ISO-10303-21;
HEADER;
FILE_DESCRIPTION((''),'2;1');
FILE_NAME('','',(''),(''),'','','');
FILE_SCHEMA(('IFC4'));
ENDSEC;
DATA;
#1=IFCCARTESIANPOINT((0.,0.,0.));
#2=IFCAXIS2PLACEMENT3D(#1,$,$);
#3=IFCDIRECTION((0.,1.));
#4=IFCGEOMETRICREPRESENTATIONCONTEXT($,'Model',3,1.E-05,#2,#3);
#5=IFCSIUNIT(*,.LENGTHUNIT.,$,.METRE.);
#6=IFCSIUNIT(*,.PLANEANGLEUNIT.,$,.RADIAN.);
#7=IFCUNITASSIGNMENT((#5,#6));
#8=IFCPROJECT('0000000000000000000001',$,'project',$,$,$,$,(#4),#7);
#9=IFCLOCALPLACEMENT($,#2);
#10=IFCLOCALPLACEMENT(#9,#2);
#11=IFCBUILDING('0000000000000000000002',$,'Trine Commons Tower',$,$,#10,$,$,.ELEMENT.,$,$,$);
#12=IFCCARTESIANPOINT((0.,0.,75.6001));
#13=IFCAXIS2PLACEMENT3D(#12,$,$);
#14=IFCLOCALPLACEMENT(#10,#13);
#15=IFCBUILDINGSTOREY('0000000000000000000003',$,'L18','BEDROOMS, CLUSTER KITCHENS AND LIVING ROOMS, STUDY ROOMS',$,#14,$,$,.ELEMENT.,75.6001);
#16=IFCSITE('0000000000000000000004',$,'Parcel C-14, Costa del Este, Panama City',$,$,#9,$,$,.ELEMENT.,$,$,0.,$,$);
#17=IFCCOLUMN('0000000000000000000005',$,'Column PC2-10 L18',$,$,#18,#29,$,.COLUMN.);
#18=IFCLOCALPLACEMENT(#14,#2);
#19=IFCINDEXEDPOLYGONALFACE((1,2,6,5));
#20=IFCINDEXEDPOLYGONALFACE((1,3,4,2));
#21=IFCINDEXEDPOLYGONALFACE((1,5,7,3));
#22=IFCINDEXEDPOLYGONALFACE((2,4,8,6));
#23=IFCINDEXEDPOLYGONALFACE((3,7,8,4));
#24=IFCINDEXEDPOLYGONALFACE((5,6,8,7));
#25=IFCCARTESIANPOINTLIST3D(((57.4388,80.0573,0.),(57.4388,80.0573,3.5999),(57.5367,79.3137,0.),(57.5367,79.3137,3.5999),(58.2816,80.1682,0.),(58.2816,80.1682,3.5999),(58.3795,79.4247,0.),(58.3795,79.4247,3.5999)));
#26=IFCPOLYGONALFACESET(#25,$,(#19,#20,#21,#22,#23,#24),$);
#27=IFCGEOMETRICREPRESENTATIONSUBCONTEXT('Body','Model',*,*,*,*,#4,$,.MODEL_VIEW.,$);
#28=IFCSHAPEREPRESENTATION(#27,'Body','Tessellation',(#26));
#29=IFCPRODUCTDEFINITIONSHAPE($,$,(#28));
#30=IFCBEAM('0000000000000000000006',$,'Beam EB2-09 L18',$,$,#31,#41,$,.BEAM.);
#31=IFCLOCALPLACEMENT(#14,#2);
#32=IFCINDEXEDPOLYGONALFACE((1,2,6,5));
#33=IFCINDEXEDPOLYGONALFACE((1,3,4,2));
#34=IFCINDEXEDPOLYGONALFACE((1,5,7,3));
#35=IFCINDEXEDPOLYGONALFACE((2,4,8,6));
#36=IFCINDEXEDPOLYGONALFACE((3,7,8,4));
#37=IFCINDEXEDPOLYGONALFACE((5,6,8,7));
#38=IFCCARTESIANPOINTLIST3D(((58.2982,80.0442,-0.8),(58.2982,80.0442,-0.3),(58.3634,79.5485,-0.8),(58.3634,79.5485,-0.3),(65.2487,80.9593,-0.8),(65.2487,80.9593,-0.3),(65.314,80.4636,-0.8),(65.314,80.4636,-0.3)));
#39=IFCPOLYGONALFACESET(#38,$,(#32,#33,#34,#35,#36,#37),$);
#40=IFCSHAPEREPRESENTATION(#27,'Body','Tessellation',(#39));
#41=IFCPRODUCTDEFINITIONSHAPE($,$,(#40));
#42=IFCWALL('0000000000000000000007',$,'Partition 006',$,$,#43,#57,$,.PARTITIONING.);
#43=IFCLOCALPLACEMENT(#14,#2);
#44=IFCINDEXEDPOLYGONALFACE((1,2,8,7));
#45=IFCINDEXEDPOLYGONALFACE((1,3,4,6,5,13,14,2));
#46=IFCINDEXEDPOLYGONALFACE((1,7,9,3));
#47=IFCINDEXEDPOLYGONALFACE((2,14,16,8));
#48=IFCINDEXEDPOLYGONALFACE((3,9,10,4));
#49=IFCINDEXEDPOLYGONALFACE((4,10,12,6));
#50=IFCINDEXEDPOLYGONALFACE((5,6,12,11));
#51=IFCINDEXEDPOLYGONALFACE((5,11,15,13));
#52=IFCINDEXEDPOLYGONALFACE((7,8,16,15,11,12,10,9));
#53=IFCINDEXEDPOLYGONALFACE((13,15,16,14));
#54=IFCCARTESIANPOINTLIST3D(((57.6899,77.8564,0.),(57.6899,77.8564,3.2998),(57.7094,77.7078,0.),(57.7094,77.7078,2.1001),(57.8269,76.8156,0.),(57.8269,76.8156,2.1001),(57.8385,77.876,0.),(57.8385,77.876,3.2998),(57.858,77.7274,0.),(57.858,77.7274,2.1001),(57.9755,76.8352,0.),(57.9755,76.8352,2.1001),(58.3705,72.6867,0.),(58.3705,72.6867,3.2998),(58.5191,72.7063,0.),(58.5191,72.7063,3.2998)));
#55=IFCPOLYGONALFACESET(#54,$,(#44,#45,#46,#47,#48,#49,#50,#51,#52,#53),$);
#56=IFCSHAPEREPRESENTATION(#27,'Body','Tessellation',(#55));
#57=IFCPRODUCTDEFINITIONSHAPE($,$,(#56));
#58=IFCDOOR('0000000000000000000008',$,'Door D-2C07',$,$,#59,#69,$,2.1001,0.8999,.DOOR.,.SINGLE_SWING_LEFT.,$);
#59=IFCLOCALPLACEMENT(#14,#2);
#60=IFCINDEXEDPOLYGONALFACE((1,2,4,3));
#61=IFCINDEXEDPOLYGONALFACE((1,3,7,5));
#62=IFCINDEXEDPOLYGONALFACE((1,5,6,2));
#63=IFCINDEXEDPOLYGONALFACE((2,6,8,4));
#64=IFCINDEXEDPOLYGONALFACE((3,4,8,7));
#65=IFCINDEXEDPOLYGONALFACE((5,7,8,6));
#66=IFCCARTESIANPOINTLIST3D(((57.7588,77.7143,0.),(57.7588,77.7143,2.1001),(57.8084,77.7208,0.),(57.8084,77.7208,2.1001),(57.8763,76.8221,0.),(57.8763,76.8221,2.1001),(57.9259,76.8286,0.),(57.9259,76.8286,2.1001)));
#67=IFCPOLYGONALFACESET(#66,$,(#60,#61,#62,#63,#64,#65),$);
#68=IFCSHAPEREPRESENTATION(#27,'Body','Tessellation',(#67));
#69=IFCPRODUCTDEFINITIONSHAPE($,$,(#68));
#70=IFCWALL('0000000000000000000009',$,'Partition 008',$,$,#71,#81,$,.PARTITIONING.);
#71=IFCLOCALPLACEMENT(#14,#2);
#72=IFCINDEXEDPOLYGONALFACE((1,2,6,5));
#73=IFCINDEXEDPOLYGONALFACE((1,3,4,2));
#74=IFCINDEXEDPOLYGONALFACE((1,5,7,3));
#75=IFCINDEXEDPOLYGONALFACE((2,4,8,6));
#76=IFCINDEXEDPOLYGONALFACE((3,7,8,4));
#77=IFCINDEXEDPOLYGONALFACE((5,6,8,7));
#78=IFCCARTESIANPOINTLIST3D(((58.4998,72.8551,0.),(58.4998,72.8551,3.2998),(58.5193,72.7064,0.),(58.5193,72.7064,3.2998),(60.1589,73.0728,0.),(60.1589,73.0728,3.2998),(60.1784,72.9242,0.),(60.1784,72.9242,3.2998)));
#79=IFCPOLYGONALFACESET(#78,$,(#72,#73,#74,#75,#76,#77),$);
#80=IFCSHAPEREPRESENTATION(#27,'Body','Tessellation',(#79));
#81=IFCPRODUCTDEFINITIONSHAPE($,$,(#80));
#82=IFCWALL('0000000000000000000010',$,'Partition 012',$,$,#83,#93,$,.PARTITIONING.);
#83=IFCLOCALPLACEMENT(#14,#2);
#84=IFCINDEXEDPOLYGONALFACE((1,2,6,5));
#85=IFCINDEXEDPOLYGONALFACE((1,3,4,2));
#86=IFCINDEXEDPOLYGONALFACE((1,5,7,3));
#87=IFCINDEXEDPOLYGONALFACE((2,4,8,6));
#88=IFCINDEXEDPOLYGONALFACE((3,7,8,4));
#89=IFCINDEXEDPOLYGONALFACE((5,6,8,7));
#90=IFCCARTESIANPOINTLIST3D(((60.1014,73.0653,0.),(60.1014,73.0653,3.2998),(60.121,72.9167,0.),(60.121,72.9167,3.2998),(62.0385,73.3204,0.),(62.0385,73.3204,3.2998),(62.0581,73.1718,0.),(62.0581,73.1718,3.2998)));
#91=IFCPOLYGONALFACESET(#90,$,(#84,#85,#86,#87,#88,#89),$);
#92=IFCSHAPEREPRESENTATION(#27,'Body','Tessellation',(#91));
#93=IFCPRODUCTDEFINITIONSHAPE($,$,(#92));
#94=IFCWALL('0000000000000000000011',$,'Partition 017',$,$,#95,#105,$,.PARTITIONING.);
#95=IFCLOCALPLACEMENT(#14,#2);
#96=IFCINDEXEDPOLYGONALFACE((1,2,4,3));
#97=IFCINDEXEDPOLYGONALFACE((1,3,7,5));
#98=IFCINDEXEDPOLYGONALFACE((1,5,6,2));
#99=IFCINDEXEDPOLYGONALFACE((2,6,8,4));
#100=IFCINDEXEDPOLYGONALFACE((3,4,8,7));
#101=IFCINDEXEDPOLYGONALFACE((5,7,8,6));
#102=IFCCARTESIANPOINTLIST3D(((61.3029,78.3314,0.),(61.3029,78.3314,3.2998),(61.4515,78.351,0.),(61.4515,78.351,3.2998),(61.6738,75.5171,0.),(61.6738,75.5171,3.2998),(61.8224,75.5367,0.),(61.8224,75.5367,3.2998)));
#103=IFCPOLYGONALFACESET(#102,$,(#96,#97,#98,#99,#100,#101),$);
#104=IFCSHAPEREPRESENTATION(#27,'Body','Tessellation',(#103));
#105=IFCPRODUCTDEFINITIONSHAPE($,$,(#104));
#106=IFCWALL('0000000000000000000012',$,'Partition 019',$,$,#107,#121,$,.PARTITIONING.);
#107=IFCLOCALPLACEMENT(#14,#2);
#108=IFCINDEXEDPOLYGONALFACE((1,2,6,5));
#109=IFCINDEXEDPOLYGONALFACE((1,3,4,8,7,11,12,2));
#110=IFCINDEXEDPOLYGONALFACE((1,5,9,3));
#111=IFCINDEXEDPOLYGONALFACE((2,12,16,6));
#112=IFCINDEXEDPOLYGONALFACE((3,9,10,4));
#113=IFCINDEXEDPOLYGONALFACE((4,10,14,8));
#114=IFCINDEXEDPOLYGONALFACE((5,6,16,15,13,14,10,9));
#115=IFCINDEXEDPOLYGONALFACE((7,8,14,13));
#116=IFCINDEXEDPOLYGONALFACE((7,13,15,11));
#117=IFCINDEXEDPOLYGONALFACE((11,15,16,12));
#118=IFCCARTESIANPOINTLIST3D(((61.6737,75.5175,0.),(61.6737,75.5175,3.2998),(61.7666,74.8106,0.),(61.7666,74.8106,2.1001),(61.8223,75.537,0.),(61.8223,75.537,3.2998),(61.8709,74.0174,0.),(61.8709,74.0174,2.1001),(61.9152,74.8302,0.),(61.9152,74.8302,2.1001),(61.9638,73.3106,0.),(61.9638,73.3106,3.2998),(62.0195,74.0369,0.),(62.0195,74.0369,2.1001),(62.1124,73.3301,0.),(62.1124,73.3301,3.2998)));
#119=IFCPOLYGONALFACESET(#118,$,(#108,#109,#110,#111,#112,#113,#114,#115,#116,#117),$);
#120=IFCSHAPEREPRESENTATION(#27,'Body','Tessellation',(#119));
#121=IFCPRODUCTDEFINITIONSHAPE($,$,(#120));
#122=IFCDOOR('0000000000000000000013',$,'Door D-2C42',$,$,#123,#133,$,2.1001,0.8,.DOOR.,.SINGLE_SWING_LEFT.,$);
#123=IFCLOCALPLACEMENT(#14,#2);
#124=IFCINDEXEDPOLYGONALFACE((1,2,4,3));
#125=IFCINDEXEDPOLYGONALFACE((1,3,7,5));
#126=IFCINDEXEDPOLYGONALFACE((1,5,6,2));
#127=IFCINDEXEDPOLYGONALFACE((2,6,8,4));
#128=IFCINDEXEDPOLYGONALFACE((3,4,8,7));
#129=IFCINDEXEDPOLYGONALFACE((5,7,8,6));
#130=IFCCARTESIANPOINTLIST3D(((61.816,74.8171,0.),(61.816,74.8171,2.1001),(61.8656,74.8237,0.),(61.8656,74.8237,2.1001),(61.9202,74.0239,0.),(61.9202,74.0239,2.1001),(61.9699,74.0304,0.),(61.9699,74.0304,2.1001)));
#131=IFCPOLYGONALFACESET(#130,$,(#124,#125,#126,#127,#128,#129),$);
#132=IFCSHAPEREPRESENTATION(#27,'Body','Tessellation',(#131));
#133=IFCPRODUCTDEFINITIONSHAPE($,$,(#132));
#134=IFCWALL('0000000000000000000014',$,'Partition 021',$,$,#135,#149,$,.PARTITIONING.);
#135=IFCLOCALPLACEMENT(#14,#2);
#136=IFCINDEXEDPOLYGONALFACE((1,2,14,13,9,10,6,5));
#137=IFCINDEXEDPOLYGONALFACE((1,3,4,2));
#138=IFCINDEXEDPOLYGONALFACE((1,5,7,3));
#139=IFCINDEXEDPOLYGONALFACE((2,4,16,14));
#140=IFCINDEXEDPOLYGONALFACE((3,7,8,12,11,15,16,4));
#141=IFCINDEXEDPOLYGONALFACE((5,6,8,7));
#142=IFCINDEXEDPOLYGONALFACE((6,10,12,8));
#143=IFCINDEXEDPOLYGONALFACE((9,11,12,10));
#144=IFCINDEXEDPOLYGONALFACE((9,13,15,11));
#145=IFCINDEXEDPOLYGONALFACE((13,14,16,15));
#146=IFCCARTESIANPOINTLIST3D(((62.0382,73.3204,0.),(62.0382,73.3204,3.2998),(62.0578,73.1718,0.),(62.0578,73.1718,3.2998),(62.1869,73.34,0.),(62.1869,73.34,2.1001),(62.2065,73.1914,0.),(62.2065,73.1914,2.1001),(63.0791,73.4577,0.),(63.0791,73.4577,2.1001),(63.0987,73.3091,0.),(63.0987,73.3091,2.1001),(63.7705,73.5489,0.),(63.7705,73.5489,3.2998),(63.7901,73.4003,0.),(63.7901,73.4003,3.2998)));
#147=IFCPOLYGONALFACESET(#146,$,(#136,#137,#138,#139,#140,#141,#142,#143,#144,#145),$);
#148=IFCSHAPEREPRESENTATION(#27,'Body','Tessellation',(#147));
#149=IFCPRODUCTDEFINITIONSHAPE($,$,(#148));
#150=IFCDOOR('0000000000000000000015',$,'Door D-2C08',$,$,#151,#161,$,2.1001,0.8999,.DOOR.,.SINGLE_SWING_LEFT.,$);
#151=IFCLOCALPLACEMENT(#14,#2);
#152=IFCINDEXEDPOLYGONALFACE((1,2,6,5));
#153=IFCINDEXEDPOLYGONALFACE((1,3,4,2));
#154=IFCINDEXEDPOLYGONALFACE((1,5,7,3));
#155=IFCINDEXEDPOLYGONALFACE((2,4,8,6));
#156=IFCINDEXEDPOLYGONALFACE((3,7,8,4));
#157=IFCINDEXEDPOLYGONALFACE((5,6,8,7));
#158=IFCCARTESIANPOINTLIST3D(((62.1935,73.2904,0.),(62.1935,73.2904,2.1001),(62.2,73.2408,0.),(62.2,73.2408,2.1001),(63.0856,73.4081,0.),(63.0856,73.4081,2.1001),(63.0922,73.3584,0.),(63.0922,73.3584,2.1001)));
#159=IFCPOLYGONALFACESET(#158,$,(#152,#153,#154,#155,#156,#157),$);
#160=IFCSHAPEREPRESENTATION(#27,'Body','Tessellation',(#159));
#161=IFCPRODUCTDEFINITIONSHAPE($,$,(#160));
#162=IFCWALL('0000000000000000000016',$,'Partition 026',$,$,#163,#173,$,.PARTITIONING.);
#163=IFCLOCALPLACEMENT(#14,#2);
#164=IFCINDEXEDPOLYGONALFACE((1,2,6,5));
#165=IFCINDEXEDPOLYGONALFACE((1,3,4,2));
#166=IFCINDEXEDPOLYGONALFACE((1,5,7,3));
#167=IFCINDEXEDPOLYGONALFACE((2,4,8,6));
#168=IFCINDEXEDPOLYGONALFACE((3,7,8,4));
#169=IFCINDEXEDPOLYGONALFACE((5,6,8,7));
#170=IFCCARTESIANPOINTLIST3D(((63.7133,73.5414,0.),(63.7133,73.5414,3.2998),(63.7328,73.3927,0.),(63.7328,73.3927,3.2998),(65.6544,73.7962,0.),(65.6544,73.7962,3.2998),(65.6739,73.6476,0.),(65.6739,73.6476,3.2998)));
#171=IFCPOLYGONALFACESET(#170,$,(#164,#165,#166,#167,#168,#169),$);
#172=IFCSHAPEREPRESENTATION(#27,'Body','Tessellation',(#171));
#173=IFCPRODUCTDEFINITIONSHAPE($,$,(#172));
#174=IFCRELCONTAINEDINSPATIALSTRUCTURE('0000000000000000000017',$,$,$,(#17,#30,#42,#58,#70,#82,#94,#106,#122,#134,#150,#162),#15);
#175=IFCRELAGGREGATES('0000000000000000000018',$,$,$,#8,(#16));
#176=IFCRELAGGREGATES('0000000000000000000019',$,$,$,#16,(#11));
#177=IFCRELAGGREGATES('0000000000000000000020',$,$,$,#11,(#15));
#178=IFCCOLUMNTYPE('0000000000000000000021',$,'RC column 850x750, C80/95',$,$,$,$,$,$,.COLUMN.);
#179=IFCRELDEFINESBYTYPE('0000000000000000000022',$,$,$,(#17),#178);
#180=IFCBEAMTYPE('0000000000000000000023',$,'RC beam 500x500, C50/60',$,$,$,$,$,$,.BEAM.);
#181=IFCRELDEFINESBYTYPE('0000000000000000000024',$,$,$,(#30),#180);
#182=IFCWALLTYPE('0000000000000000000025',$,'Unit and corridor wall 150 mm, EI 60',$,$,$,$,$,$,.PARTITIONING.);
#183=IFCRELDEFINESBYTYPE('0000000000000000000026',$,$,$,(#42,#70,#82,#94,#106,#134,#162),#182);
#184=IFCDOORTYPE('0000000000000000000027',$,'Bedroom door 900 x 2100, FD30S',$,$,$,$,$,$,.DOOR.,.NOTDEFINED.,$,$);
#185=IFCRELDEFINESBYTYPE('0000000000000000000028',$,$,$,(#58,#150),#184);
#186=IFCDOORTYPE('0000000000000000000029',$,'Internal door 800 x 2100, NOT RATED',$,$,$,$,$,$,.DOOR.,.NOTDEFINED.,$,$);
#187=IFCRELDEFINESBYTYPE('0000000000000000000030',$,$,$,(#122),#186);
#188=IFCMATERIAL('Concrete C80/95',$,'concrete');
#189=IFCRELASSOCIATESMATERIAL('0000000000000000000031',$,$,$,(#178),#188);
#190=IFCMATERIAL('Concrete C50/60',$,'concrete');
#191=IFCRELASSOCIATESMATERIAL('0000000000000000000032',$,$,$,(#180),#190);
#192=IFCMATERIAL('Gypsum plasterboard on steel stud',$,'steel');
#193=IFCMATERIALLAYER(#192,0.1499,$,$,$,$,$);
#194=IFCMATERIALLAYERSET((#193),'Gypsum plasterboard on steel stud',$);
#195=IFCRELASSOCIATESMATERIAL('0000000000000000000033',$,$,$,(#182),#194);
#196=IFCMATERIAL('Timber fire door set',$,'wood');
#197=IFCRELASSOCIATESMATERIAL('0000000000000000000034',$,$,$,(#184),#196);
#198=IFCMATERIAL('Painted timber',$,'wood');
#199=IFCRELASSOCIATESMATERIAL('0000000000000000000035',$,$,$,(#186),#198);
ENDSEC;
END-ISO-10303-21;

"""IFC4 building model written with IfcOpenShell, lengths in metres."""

from ifc_helpers import new_model, si_unit, direction, frame, frame_2d, origin, origin_2d, place, context, subcontext, project, spatial, rectangle, extrude, material, layer, layer_set, material_profile, profile_set, type_object, element, fill, save


model = new_model("IFC4")

# Units and contexts
model_context = context("Model", 3, precision=1e-05, world=origin(), true_north=direction((0.0, 1.0)))
body_context = subcontext(model_context, "Body", "Model", "MODEL_VIEW")
ifc_project = project(units=[si_unit("LENGTHUNIT", "METRE"), si_unit("PLANEANGLEUNIT", "RADIAN")], contexts=[model_context])

# Site, building, storey
site_placement = place(None, origin())
site = spatial("IfcSite", under=ifc_project, at=site_placement, Name="Parcel C-14, Costa del Este, Panama City", CompositionType="ELEMENT", RefElevation=0.0)
building_placement = place(site_placement, origin())
building = spatial("IfcBuilding", under=site, at=building_placement, Name="Trine Commons Tower", CompositionType="ELEMENT")
storey_placement = place(building_placement, frame((0.0, 0.0, 75.6001)))
storey = spatial("IfcBuildingStorey", under=building, at=storey_placement, Name="L18", Description="BEDROOMS, CLUSTER KITCHENS AND LIVING ROOMS, STUDY ROOMS", CompositionType="ELEMENT", Elevation=75.6001)

# Column
ifc_material_1 = material(Name="Concrete C80/95", Category="concrete")
ifc_material_profile_1 = material_profile(ifc_material_1, rectangle(XDim=0.8501, YDim=0.75, at=origin_2d()), Name="RC 850x750")
ifc_profile_set_1 = profile_set([ifc_material_profile_1], Name="Concrete C80/95")
column_type = type_object("IfcColumnType", Name="RC column 850x750, C80/95", PredefinedType="COLUMN", material=ifc_profile_set_1)
column_placement = place(storey_placement, frame((57.9092, 79.741, 0.0), z_axis=(0.0, 0.0, 1.0), x_axis=(0.991445, 0.130526, 0.0)))
element("IfcColumn", 1, at=column_placement, inside=storey, type_object=column_type, Name="Column PC2-10 L18", PredefinedType="COLUMN", context=body_context, shape_type="SweptSolid", body=[
    extrude(rectangle(XDim=0.8501, YDim=0.75, at=origin_2d()), origin(), (0.0, 0.0, 1.0), 3.5999),
])

# Beam
ifc_material_2 = material(Name="Concrete C50/60", Category="concrete")
ifc_material_profile_2 = material_profile(ifc_material_2, rectangle(XDim=0.5, YDim=0.5, at=origin_2d()), Name="RC 500x500")
ifc_profile_set_2 = profile_set([ifc_material_profile_2], Name="Concrete C50/60")
beam_type = type_object("IfcBeamType", Name="RC beam 500x500, C50/60", PredefinedType="BEAM", material=ifc_profile_set_2)
beam_placement = place(storey_placement, frame((58.3308, 79.7964, -0.55), z_axis=(0.991445, 0.130526, 0.0), x_axis=(-0.130526, 0.991445, 0.0)))
element("IfcBeam", 2, at=beam_placement, inside=storey, type_object=beam_type, Name="Beam EB2-09 L18", PredefinedType="BEAM", context=body_context, shape_type="SweptSolid", body=[
    extrude(rectangle(XDim=0.5, YDim=0.5, at=origin_2d()), origin(), (0.0, 0.0, 1.0), 7.0105),
])

# Wall, opening, door
ifc_material_3 = material(Name="Gypsum plasterboard on steel stud", Category="steel")
ifc_layer_1 = layer(ifc_material_3, 0.1499)
ifc_layer_set_1 = layer_set([ifc_layer_1], Name="Gypsum plasterboard on steel stud")
wall_type_1 = type_object("IfcWallType", Name="Unit and corridor wall 150 mm, EI 60", PredefinedType="PARTITIONING", material=ifc_layer_set_1)
wall_1_placement = place(storey_placement, frame((57.7642, 77.8662, 0.0), z_axis=(0.0, 0.0, 1.0), x_axis=(0.130538, -0.991443, 0.0)))
wall_1 = element("IfcWall", 3, at=wall_1_placement, inside=storey, type_object=wall_type_1, Name="Partition 006", PredefinedType="PARTITIONING", context=body_context, shape_type="SweptSolid", body=[
    extrude(rectangle(XDim=5.2144, YDim=0.1499, at=frame_2d((2.6072, 0.0))), origin(), (0.0, 0.0, 1.0), 3.2998),
])
opening_1_placement = place(wall_1_placement, frame((0.1499, 0.0, 0.0)))
opening_1 = element("IfcOpeningElement", 4, at=opening_1_placement, cuts=wall_1, PredefinedType="OPENING", context=body_context, shape_type="SweptSolid", body=[
    extrude(rectangle(XDim=0.8999, YDim=2.1001, at=frame_2d((0.45, 1.05))), frame((0.0, 0.085, 0.0), z_axis=(0.0, -1.0, 0.0), x_axis=(1.0, 0.0, 0.0)), (0.0, 0.0, 1.0), 0.1699),
])
ifc_material_4 = material(Name="Timber fire door set", Category="wood")
door_type_1 = type_object("IfcDoorType", Name="Bedroom door 900 x 2100, FD30S", OperationType="NOTDEFINED", PredefinedType="DOOR", material=ifc_material_4)
door_1_placement = place(opening_1_placement, origin())
door_1 = element("IfcDoor", 5, at=door_1_placement, inside=storey, type_object=door_type_1, Name="Door D-2C07", OperationType="SINGLE_SWING_LEFT", OverallHeight=2.1001, OverallWidth=0.8999, PredefinedType="DOOR", context=body_context, shape_type="SweptSolid", body=[
    extrude(rectangle(XDim=0.8999, YDim=2.1001, at=frame_2d((0.45, 1.05))), frame((0.0, 0.0249, 0.0), z_axis=(0.0, -1.0, 0.0), x_axis=(1.0, 0.0, 0.0)), (0.0, 0.0, 1.0), 0.05),
])
fill(opening_1, door_1)

# Walls
wall_2_placement = place(storey_placement, frame((58.5095, 72.7808, 0.0), z_axis=(0.0, 0.0, 1.0), x_axis=(0.991496, 0.130137, 0.0)))
element("IfcWall", 6, at=wall_2_placement, inside=storey, type_object=wall_type_1, Name="Partition 008", PredefinedType="PARTITIONING", context=body_context, shape_type="SweptSolid", body=[
    extrude(rectangle(XDim=1.6733, YDim=0.1499, at=frame_2d((0.8367, 0.0))), origin(), (0.0, 0.0, 1.0), 3.2998),
])
wall_3_placement = place(storey_placement, frame((60.1111, 72.991, 0.0), z_axis=(0.0, 0.0, 1.0), x_axis=(0.991437, 0.130584, 0.0)))
element("IfcWall", 7, at=wall_3_placement, inside=storey, type_object=wall_type_1, Name="Partition 012", PredefinedType="PARTITIONING", context=body_context, shape_type="SweptSolid", body=[
    extrude(rectangle(XDim=1.9539, YDim=0.1499, at=frame_2d((0.9771, 0.0))), origin(), (0.0, 0.0, 1.0), 3.2998),
])
wall_4_placement = place(storey_placement, frame((61.3772, 78.3413, 0.0), z_axis=(0.0, 0.0, 1.0), x_axis=(0.130648, -0.991429, 0.0)))
element("IfcWall", 8, at=wall_4_placement, inside=storey, type_object=wall_type_1, Name="Partition 017", PredefinedType="PARTITIONING", context=body_context, shape_type="SweptSolid", body=[
    extrude(rectangle(XDim=2.8386, YDim=0.1499, at=frame_2d((1.4194, 0.0))), origin(), (0.0, 0.0, 1.0), 3.2998),
])

# Walls, openings, doors
wall_5_placement = place(storey_placement, frame((61.748, 75.5271, 0.0), z_axis=(0.0, 0.0, 1.0), x_axis=(0.13031, -0.991473, 0.0)))
wall_5 = element("IfcWall", 9, at=wall_5_placement, inside=storey, type_object=wall_type_1, Name="Partition 019", PredefinedType="PARTITIONING", context=body_context, shape_type="SweptSolid", body=[
    extrude(rectangle(XDim=2.2258, YDim=0.1499, at=frame_2d((1.1128, 0.0))), origin(), (0.0, 0.0, 1.0), 3.2998),
])
opening_2_placement = place(wall_5_placement, frame((0.7129, 0.0, 0.0)))
opening_2 = element("IfcOpeningElement", 10, at=opening_2_placement, cuts=wall_5, PredefinedType="OPENING", context=body_context, shape_type="SweptSolid", body=[
    extrude(rectangle(XDim=0.8, YDim=2.1001, at=frame_2d((0.3999, 1.05))), frame((0.0, 0.085, 0.0), z_axis=(0.0, -1.0, 0.0), x_axis=(1.0, 0.0, 0.0)), (0.0, 0.0, 1.0), 0.1699),
])
ifc_material_5 = material(Name="Painted timber", Category="wood")
door_type_2 = type_object("IfcDoorType", Name="Internal door 800 x 2100, NOT RATED", OperationType="NOTDEFINED", PredefinedType="DOOR", material=ifc_material_5)
door_2_placement = place(opening_2_placement, origin())
door_2 = element("IfcDoor", 11, at=door_2_placement, inside=storey, type_object=door_type_2, Name="Door D-2C42", OperationType="SINGLE_SWING_LEFT", OverallHeight=2.1001, OverallWidth=0.8, PredefinedType="DOOR", context=body_context, shape_type="SweptSolid", body=[
    extrude(rectangle(XDim=0.8, YDim=2.1001, at=frame_2d((0.3999, 1.05))), frame((0.0, 0.0249, 0.0), z_axis=(0.0, -1.0, 0.0), x_axis=(1.0, 0.0, 0.0)), (0.0, 0.0, 1.0), 0.05),
])
fill(opening_2, door_2)
wall_6_placement = place(storey_placement, frame((62.0481, 73.2461, 0.0), z_axis=(0.0, 0.0, 1.0), x_axis=(0.991412, 0.130773, 0.0)))
wall_6 = element("IfcWall", 12, at=wall_6_placement, inside=storey, type_object=wall_type_1, Name="Partition 021", PredefinedType="PARTITIONING", context=body_context, shape_type="SweptSolid", body=[
    extrude(rectangle(XDim=1.7473, YDim=0.1499, at=frame_2d((0.8735, 0.0))), origin(), (0.0, 0.0, 1.0), 3.2998),
])
opening_3_placement = place(wall_6_placement, frame((0.1499, 0.0, 0.0)))
opening_3 = element("IfcOpeningElement", 13, at=opening_3_placement, cuts=wall_6, PredefinedType="OPENING", context=body_context, shape_type="SweptSolid", body=[
    extrude(rectangle(XDim=0.8999, YDim=2.1001, at=frame_2d((0.45, 1.05))), frame((0.0, 0.085, 0.0), z_axis=(0.0, -1.0, 0.0), x_axis=(1.0, 0.0, 0.0)), (0.0, 0.0, 1.0), 0.1699),
])
door_3_placement = place(opening_3_placement, origin())
door_3 = element("IfcDoor", 14, at=door_3_placement, inside=storey, type_object=door_type_1, Name="Door D-2C08", OperationType="SINGLE_SWING_LEFT", OverallHeight=2.1001, OverallWidth=0.8999, PredefinedType="DOOR", context=body_context, shape_type="SweptSolid", body=[
    extrude(rectangle(XDim=0.8999, YDim=2.1001, at=frame_2d((0.45, 1.05))), frame((0.0, 0.0249, 0.0), z_axis=(0.0, -1.0, 0.0), x_axis=(1.0, 0.0, 0.0)), (0.0, 0.0, 1.0), 0.05),
])
fill(opening_3, door_3)

# Wall
wall_7_placement = place(storey_placement, frame((63.7229, 73.467, 0.0), z_axis=(0.0, 0.0, 1.0), x_axis=(0.991489, 0.130187, 0.0)))
element("IfcWall", 15, at=wall_7_placement, inside=storey, type_object=wall_type_1, Name="Partition 026", PredefinedType="PARTITIONING", context=body_context, shape_type="SweptSolid", body=[
    extrude(rectangle(XDim=1.9578, YDim=0.1499, at=frame_2d((0.979, 0.0))), origin(), (0.0, 0.0, 1.0), 3.2998),
])

save(model, "model.ifc")
